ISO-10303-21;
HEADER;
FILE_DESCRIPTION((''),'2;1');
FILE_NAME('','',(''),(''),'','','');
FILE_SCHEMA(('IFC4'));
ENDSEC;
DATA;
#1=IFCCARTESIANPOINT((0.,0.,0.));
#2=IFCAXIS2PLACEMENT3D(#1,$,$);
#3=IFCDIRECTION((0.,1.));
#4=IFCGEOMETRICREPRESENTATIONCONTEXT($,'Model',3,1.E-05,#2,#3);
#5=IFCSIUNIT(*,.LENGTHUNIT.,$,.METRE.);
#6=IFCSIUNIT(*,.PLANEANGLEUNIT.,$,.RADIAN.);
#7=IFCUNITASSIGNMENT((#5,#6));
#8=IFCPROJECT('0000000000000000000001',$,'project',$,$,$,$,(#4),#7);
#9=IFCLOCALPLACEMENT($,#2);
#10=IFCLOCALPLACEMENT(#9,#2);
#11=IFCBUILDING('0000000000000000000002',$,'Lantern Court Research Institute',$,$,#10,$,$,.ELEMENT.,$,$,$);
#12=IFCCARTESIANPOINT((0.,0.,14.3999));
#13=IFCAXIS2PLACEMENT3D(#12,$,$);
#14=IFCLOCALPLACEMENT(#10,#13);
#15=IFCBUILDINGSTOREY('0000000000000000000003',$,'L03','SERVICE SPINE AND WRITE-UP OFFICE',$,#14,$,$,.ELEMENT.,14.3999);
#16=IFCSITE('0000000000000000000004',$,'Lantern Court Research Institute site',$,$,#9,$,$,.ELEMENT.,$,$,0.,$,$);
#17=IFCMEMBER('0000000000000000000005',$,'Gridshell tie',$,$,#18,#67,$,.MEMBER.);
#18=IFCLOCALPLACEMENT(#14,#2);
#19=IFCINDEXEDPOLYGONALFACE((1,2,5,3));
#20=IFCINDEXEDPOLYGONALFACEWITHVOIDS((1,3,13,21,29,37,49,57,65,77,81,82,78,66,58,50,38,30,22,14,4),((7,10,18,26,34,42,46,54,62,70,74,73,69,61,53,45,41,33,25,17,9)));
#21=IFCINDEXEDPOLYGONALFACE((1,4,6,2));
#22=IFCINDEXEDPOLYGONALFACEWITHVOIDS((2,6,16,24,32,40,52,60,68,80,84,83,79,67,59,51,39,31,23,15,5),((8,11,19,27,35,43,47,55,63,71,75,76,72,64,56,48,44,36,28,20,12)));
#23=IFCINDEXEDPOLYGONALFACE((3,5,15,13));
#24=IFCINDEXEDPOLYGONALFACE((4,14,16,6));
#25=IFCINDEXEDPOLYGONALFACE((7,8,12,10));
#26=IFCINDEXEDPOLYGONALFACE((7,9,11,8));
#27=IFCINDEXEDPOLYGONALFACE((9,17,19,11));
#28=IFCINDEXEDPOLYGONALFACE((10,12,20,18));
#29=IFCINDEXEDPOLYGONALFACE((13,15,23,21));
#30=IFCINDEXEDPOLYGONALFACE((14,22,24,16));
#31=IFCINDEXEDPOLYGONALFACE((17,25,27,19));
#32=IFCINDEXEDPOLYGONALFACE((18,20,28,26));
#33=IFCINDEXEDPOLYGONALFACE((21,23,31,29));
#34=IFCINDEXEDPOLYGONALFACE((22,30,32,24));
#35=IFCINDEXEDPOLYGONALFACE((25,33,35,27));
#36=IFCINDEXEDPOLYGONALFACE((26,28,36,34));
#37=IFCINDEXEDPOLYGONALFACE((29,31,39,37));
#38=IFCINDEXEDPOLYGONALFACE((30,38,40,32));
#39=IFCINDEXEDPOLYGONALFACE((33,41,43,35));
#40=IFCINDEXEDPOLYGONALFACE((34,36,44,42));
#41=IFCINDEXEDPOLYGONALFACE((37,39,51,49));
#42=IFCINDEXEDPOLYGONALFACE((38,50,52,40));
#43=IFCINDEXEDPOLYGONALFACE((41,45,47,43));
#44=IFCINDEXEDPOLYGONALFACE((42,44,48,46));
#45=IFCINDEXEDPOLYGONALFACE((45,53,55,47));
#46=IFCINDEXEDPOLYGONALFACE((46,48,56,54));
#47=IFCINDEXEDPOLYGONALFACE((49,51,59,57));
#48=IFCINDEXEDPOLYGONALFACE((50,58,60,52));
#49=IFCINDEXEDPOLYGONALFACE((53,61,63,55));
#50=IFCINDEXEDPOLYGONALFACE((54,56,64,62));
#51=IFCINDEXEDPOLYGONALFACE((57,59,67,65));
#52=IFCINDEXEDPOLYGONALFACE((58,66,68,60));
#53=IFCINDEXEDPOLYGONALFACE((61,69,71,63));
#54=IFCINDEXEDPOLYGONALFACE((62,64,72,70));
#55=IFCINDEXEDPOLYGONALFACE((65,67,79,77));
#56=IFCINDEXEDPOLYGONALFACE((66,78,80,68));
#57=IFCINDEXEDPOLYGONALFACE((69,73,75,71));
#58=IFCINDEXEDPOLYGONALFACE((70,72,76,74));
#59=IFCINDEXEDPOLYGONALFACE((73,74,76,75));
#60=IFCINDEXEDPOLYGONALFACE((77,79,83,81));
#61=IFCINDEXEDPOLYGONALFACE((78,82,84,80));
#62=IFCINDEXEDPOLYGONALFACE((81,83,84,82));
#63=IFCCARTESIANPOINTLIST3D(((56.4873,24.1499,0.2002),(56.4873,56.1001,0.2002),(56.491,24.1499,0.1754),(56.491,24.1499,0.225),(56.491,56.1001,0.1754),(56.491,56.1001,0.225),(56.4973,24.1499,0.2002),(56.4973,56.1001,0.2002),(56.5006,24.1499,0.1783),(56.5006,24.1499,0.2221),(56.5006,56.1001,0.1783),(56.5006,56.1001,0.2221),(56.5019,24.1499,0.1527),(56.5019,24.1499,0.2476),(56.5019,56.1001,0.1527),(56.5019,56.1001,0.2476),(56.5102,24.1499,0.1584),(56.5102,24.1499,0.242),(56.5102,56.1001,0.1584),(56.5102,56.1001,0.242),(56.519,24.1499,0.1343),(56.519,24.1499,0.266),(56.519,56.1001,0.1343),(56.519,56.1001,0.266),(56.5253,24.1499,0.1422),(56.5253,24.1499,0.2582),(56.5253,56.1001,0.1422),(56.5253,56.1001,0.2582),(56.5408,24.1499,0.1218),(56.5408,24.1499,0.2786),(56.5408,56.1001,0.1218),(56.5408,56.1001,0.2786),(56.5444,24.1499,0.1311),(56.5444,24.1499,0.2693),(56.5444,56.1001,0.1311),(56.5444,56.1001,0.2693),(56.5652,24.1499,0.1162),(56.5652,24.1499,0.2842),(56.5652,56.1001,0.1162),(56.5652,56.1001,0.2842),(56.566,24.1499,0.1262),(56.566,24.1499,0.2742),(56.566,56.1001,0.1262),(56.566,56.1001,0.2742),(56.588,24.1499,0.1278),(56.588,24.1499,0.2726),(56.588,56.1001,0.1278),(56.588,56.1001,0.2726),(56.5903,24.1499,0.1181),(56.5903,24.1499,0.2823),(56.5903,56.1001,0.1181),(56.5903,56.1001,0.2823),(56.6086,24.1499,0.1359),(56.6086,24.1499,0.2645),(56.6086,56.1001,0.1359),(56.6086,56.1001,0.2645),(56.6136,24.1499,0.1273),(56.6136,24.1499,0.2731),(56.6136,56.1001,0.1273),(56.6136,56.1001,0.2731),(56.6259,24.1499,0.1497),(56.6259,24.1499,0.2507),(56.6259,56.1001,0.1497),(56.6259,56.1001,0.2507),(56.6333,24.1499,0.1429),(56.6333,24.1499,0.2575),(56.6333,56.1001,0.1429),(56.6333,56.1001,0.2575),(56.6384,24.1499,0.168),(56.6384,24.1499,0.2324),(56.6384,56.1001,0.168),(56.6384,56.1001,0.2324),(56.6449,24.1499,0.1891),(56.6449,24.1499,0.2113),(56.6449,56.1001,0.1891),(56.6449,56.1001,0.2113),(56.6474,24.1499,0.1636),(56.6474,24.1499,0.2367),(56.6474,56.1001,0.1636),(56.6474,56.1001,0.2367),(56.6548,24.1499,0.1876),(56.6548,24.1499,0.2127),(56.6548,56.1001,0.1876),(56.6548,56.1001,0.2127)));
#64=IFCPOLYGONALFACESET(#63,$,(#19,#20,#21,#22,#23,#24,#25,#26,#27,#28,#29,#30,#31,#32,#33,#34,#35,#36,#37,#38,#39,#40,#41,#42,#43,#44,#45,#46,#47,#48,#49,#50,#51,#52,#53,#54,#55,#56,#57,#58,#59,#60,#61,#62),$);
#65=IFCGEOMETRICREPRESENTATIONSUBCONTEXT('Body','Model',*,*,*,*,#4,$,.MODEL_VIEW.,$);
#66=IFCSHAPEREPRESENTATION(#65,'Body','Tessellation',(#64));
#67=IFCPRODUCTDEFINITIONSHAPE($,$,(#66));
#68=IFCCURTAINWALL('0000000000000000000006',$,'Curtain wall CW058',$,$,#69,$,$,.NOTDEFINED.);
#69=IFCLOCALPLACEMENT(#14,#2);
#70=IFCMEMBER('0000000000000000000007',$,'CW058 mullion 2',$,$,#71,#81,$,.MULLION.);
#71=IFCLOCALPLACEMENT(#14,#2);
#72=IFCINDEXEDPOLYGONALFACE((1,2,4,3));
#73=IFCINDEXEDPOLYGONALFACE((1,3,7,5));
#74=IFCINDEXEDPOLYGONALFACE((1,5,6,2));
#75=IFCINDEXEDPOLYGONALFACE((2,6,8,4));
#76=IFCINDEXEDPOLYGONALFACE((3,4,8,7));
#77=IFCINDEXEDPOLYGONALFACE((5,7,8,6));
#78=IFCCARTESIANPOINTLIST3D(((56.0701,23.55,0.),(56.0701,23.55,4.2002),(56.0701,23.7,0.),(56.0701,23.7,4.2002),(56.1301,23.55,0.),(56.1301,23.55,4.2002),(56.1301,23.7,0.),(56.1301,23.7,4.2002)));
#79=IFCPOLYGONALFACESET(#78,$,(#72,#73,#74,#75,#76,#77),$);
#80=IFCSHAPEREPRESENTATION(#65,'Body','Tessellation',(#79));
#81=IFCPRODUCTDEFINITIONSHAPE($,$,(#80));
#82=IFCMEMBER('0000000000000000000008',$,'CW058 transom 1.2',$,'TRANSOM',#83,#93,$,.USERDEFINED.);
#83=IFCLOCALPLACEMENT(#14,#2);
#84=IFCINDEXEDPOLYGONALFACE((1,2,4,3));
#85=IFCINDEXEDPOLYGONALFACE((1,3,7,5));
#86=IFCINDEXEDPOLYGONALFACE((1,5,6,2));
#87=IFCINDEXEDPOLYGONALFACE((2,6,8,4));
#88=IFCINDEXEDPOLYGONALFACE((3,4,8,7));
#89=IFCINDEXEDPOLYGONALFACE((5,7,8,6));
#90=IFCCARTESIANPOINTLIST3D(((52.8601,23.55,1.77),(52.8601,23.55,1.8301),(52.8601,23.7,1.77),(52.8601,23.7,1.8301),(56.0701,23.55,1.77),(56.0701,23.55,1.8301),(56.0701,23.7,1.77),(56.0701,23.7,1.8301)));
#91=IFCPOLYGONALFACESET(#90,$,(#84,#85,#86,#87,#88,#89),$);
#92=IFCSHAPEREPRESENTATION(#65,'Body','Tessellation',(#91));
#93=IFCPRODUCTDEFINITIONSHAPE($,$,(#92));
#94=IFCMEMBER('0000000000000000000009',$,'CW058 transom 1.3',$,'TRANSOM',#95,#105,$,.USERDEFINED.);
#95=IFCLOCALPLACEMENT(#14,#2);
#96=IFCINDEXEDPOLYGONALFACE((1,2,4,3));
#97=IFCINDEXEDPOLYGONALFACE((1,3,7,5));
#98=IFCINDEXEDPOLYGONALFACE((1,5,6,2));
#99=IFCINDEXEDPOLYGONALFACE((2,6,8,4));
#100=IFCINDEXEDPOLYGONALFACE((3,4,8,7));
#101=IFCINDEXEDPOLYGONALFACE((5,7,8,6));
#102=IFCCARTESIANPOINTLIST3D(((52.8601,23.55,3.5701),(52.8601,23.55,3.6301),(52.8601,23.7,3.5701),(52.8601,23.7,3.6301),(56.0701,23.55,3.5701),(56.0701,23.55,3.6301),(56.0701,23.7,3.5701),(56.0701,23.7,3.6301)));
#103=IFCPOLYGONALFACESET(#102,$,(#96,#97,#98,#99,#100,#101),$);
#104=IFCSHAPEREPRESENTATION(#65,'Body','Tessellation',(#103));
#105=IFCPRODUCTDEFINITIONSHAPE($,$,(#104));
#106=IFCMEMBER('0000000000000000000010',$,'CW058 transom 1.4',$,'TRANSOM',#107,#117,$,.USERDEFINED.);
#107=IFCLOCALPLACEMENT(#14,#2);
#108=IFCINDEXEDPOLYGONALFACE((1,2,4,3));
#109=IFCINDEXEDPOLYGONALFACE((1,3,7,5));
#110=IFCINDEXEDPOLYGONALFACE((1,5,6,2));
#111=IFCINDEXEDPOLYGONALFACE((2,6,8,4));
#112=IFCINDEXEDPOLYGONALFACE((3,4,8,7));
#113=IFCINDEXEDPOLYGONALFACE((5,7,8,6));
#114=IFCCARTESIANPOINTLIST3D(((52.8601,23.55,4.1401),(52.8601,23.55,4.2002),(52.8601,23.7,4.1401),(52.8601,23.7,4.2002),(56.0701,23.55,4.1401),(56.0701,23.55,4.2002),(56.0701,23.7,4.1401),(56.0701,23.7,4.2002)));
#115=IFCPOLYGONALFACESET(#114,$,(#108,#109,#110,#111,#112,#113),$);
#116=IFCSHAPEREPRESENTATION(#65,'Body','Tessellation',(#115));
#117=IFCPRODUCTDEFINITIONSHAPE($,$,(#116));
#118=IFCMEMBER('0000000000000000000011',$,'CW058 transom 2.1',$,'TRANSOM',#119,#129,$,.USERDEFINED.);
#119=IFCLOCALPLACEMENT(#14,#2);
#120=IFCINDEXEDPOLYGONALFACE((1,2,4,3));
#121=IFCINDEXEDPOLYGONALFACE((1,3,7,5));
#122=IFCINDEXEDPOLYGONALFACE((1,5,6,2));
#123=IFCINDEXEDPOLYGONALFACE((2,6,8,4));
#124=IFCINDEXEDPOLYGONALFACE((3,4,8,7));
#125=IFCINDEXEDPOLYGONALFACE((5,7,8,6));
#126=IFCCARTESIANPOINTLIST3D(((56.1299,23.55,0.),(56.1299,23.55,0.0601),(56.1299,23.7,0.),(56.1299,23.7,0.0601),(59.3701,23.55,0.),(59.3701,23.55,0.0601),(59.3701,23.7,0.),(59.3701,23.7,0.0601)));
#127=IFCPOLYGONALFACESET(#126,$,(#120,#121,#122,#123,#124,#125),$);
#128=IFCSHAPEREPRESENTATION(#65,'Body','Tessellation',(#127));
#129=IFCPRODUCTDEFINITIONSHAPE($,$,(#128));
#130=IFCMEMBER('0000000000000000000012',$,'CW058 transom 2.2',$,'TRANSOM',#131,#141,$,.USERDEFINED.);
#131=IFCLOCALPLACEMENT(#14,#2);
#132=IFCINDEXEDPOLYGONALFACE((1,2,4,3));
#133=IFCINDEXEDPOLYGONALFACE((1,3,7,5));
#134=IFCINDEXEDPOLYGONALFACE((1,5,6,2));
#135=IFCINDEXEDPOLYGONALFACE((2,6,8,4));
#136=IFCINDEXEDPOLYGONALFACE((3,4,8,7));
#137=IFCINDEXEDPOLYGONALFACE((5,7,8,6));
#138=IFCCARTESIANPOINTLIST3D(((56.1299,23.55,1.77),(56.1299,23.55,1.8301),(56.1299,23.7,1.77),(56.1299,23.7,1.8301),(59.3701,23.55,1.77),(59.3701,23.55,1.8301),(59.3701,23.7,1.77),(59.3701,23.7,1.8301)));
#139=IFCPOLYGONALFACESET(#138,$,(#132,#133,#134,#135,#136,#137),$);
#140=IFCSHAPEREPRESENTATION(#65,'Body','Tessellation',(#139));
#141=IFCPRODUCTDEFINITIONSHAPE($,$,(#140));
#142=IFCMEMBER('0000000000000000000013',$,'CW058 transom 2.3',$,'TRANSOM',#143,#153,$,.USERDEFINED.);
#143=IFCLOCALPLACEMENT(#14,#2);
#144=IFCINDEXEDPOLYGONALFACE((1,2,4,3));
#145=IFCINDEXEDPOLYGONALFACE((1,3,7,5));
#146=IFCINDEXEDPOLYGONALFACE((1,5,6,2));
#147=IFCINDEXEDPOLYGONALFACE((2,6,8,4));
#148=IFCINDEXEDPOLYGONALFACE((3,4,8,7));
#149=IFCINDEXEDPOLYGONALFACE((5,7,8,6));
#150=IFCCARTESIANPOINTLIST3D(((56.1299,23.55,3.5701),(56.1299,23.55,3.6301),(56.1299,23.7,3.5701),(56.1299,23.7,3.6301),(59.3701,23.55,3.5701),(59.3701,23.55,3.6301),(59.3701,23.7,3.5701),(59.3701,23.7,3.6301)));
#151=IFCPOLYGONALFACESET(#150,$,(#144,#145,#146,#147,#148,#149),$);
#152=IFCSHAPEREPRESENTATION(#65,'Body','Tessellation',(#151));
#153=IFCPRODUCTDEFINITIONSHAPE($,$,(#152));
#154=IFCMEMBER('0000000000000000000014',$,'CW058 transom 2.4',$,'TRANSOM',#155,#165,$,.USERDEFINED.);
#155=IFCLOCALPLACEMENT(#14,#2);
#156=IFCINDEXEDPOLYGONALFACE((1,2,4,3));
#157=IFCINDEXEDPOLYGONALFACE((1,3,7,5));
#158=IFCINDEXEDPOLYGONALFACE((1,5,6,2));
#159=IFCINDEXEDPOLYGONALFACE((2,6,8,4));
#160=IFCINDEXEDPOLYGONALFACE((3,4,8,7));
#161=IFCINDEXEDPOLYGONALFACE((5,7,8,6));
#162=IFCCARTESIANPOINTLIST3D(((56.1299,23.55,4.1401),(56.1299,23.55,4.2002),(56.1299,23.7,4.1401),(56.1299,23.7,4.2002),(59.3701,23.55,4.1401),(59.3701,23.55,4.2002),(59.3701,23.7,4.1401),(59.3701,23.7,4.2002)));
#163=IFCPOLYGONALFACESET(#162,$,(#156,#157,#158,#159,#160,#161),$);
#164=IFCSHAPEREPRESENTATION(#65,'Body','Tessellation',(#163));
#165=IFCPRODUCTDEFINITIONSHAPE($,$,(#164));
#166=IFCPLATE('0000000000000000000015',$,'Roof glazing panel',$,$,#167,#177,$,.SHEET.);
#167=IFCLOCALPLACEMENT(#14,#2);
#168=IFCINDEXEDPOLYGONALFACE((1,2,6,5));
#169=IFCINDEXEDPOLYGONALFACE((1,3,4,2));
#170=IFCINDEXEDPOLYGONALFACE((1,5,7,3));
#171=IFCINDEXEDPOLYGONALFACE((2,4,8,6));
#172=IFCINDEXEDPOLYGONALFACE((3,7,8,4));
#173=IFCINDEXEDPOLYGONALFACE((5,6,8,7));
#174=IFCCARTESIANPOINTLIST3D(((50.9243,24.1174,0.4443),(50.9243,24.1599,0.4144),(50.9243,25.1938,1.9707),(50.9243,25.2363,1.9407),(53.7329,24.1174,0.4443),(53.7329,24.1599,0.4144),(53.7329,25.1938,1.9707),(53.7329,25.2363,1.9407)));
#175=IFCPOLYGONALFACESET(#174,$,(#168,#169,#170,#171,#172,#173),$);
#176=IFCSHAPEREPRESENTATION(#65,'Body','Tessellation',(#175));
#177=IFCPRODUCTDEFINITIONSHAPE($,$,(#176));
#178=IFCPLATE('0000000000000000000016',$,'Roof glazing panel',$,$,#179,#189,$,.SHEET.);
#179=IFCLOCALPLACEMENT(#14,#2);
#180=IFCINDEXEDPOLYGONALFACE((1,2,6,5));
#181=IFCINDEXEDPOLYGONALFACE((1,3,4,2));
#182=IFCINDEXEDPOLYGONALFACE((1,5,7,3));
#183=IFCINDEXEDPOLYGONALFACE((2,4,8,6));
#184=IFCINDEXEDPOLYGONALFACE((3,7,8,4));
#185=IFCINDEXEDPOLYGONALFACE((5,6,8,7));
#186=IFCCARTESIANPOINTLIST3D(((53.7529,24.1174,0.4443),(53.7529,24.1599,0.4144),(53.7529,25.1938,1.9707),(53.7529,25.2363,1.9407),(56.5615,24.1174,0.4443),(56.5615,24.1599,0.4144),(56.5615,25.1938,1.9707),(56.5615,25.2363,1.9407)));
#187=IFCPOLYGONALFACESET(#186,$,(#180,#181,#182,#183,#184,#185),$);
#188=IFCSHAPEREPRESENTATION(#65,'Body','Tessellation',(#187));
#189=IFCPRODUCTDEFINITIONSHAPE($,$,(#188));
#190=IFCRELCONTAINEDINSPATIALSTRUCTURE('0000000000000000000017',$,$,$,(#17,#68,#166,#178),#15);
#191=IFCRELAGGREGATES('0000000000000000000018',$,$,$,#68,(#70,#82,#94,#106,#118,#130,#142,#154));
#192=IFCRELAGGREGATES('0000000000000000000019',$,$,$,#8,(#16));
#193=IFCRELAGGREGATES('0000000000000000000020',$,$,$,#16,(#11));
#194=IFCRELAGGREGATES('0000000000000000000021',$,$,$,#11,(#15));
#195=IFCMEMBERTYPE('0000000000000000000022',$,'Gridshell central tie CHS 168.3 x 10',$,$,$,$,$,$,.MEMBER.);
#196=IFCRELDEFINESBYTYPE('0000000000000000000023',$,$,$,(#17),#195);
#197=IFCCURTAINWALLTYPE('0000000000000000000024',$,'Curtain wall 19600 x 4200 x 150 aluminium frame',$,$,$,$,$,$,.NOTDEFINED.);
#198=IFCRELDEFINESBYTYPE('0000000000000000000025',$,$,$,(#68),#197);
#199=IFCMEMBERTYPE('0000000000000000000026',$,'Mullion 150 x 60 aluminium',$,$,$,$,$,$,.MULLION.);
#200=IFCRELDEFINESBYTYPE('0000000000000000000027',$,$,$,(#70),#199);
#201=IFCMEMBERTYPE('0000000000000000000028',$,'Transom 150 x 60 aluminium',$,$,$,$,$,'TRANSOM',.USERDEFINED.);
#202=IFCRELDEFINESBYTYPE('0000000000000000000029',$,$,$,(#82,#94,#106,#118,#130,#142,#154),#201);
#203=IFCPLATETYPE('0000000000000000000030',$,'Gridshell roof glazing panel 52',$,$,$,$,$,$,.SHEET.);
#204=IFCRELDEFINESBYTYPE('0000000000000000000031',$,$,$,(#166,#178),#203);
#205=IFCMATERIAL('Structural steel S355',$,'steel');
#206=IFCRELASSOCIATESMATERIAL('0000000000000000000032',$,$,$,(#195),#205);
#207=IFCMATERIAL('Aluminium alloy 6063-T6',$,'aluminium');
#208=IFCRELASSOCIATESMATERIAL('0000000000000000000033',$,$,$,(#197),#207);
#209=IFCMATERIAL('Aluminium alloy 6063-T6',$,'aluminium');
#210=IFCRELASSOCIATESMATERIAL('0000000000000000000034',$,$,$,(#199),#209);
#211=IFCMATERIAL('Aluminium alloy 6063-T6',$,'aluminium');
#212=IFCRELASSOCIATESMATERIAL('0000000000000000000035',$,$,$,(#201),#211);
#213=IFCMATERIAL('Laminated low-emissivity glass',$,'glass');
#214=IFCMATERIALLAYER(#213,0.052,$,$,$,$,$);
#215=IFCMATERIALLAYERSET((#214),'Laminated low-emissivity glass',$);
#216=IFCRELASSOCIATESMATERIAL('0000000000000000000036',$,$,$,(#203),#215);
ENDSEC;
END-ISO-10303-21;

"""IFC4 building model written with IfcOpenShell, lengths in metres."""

from ifc_helpers import new_model, si_unit, direction, frame, origin, origin_2d, place, context, subcontext, project, spatial, polyline, rectangle, hollow_circle, outline, extrude, material, layer, layer_set, material_profile, profile_set, type_object, element, aggregate, save


model = new_model("IFC4")

# Units and contexts
model_context = context("Model", 3, precision=1e-05, world=origin(), true_north=direction((0.0, 1.0)))
body_context = subcontext(model_context, "Body", "Model", "MODEL_VIEW")
ifc_project = project(units=[si_unit("LENGTHUNIT", "METRE"), si_unit("PLANEANGLEUNIT", "RADIAN")], contexts=[model_context])

# Site, building, storey
site_placement = place(None, origin())
site = spatial("IfcSite", under=ifc_project, at=site_placement, Name="Lantern Court Research Institute site", CompositionType="ELEMENT", RefElevation=0.0)
building_placement = place(site_placement, origin())
building = spatial("IfcBuilding", under=site, at=building_placement, Name="Lantern Court Research Institute", CompositionType="ELEMENT")
storey_placement = place(building_placement, frame((0.0, 0.0, 14.3999)))
storey = spatial("IfcBuildingStorey", under=building, at=storey_placement, Name="L03", Description="SERVICE SPINE AND WRITE-UP OFFICE", CompositionType="ELEMENT", Elevation=14.3999)

# Member
ifc_material_1 = material(Name="Structural steel S355", Category="steel")
ifc_material_profile_1 = material_profile(ifc_material_1, hollow_circle(Radius=0.0842, WallThickness=0.01, at=origin_2d()), Name="Gridshell central tie CHS 168.3 x 10")
ifc_profile_set_1 = profile_set([ifc_material_profile_1], Name="Structural steel S355")
member_type_1 = type_object("IfcMemberType", Name="Gridshell central tie CHS 168.3 x 10", PredefinedType="MEMBER", material=ifc_profile_set_1)
member_1_placement = place(storey_placement, frame((56.5715, 24.1499, 0.2002), z_axis=(0.0, 1.0, 0.0), x_axis=(-1.0, 0.0, 0.0)))
element("IfcMember", 1, at=member_1_placement, inside=storey, type_object=member_type_1, Name="Gridshell tie", PredefinedType="MEMBER", context=body_context, shape_type="SweptSolid", body=[
    extrude(hollow_circle(Radius=0.0842, WallThickness=0.01, at=origin_2d()), origin(), (0.0, 0.0, 1.0), 31.9502),
])

# Curtain wall, members
ifc_material_2 = material(Name="Aluminium alloy 6063-T6", Category="aluminium")
curtain_wall_type = type_object("IfcCurtainWallType", Name="Curtain wall 19600 x 4200 x 150 aluminium frame", PredefinedType="NOTDEFINED", material=ifc_material_2)
curtain_wall_placement = place(storey_placement, origin())
curtain_wall = element("IfcCurtainWall", 2, at=curtain_wall_placement, inside=storey, type_object=curtain_wall_type, Name="Curtain wall CW058", PredefinedType="NOTDEFINED")
ifc_material_3 = material(Name="Aluminium alloy 6063-T6", Category="aluminium")
ifc_material_profile_2 = material_profile(ifc_material_3, rectangle(XDim=0.1499, YDim=0.0601, at=origin_2d()), Name="Mullion 150 x 60")
ifc_profile_set_2 = profile_set([ifc_material_profile_2], Name="Aluminium alloy 6063-T6")
member_type_2 = type_object("IfcMemberType", Name="Mullion 150 x 60 aluminium", PredefinedType="MULLION", material=ifc_profile_set_2)
member_2_placement = place(storey_placement, frame((56.1001, 23.625, 0.0), z_axis=(0.0, 0.0, 1.0), x_axis=(0.0, 1.0, 0.0)))
member_2 = element("IfcMember", 3, at=member_2_placement, type_object=member_type_2, Name="CW058 mullion 2", PredefinedType="MULLION", context=body_context, shape_type="SweptSolid", body=[
    extrude(rectangle(XDim=0.1499, YDim=0.0601, at=origin_2d()), origin(), (0.0, 0.0, 1.0), 4.2002),
])
ifc_material_4 = material(Name="Aluminium alloy 6063-T6", Category="aluminium")
ifc_material_profile_3 = material_profile(ifc_material_4, rectangle(XDim=0.1499, YDim=0.0601, at=origin_2d()), Name="Transom 150 x 60")
ifc_profile_set_3 = profile_set([ifc_material_profile_3], Name="Aluminium alloy 6063-T6")
member_type_3 = type_object("IfcMemberType", Name="Transom 150 x 60 aluminium", ElementType="TRANSOM", PredefinedType="USERDEFINED", material=ifc_profile_set_3)
member_3_placement = place(storey_placement, frame((52.8601, 23.625, 1.8), z_axis=(1.0, 0.0, 0.0), x_axis=(0.0, 1.0, 0.0)))
member_3 = element("IfcMember", 4, at=member_3_placement, type_object=member_type_3, Name="CW058 transom 1.2", ObjectType="TRANSOM", PredefinedType="USERDEFINED", context=body_context, shape_type="SweptSolid", body=[
    extrude(rectangle(XDim=0.1499, YDim=0.0601, at=origin_2d()), origin(), (0.0, 0.0, 1.0), 3.21),
])
member_4_placement = place(storey_placement, frame((52.8601, 23.625, 3.6001), z_axis=(1.0, 0.0, 0.0), x_axis=(0.0, 1.0, 0.0)))
member_4 = element("IfcMember", 5, at=member_4_placement, type_object=member_type_3, Name="CW058 transom 1.3", ObjectType="TRANSOM", PredefinedType="USERDEFINED", context=body_context, shape_type="SweptSolid", body=[
    extrude(rectangle(XDim=0.1499, YDim=0.0601, at=origin_2d()), origin(), (0.0, 0.0, 1.0), 3.21),
])
member_5_placement = place(storey_placement, frame((52.8601, 23.625, 4.1702), z_axis=(1.0, 0.0, 0.0), x_axis=(0.0, 1.0, 0.0)))
member_5 = element("IfcMember", 6, at=member_5_placement, type_object=member_type_3, Name="CW058 transom 1.4", ObjectType="TRANSOM", PredefinedType="USERDEFINED", context=body_context, shape_type="SweptSolid", body=[
    extrude(rectangle(XDim=0.1499, YDim=0.0601, at=origin_2d()), origin(), (0.0, 0.0, 1.0), 3.21),
])
member_6_placement = place(storey_placement, frame((56.1299, 23.625, 0.03), z_axis=(1.0, 0.0, 0.0), x_axis=(0.0, 1.0, 0.0)))
member_6 = element("IfcMember", 7, at=member_6_placement, type_object=member_type_3, Name="CW058 transom 2.1", ObjectType="TRANSOM", PredefinedType="USERDEFINED", context=body_context, shape_type="SweptSolid", body=[
    extrude(rectangle(XDim=0.1499, YDim=0.0601, at=origin_2d()), origin(), (0.0, 0.0, 1.0), 3.2402),
])
member_7_placement = place(storey_placement, frame((56.1299, 23.625, 1.8), z_axis=(1.0, 0.0, 0.0), x_axis=(0.0, 1.0, 0.0)))
member_7 = element("IfcMember", 8, at=member_7_placement, type_object=member_type_3, Name="CW058 transom 2.2", ObjectType="TRANSOM", PredefinedType="USERDEFINED", context=body_context, shape_type="SweptSolid", body=[
    extrude(rectangle(XDim=0.1499, YDim=0.0601, at=origin_2d()), origin(), (0.0, 0.0, 1.0), 3.2402),
])
member_8_placement = place(storey_placement, frame((56.1299, 23.625, 3.6001), z_axis=(1.0, 0.0, 0.0), x_axis=(0.0, 1.0, 0.0)))
member_8 = element("IfcMember", 9, at=member_8_placement, type_object=member_type_3, Name="CW058 transom 2.3", ObjectType="TRANSOM", PredefinedType="USERDEFINED", context=body_context, shape_type="SweptSolid", body=[
    extrude(rectangle(XDim=0.1499, YDim=0.0601, at=origin_2d()), origin(), (0.0, 0.0, 1.0), 3.2402),
])
member_9_placement = place(storey_placement, frame((56.1299, 23.625, 4.1702), z_axis=(1.0, 0.0, 0.0), x_axis=(0.0, 1.0, 0.0)))
member_9 = element("IfcMember", 10, at=member_9_placement, type_object=member_type_3, Name="CW058 transom 2.4", ObjectType="TRANSOM", PredefinedType="USERDEFINED", context=body_context, shape_type="SweptSolid", body=[
    extrude(rectangle(XDim=0.1499, YDim=0.0601, at=origin_2d()), origin(), (0.0, 0.0, 1.0), 3.2402),
])

# Plates
ifc_material_5 = material(Name="Laminated low-emissivity glass", Category="glass")
ifc_layer_1 = layer(ifc_material_5, 0.052)
ifc_layer_set_1 = layer_set([ifc_layer_1], Name="Laminated low-emissivity glass")
plate_type_1 = type_object("IfcPlateType", Name="Gridshell roof glazing panel 52", PredefinedType="SHEET", material=ifc_layer_set_1)
for number, where, z_axis, x_axis, name in (
    (11, (53.7329, 24.1174, 0.4443), (0.0, -0.817225, 0.576319), (-1.0, 0.0, 0.0), "Roof glazing panel"),
    (12, (56.5615, 24.1174, 0.4443), (0.0, -0.817225, 0.576319), (-1.0, 0.0, 0.0), "Roof glazing panel"),
):
    element("IfcPlate", number, at=place(storey_placement, frame(where, z_axis=z_axis, x_axis=x_axis)), inside=storey, type_object=plate_type_1, Name=name, PredefinedType="SHEET", context=body_context, shape_type="SweptSolid", body=[
        extrude(outline(polyline([(0.0, 0.0), (2.8086, 0.0), (2.8086, -1.8677), (0.0, -1.8677), (0.0, 0.0)])), origin(), (0.0, 0.0, -1.0), 0.052),
    ])

aggregate(curtain_wall, [member_2, member_3, member_4, member_5, member_6, member_7, member_8, member_9])

save(model, "model.ifc")
